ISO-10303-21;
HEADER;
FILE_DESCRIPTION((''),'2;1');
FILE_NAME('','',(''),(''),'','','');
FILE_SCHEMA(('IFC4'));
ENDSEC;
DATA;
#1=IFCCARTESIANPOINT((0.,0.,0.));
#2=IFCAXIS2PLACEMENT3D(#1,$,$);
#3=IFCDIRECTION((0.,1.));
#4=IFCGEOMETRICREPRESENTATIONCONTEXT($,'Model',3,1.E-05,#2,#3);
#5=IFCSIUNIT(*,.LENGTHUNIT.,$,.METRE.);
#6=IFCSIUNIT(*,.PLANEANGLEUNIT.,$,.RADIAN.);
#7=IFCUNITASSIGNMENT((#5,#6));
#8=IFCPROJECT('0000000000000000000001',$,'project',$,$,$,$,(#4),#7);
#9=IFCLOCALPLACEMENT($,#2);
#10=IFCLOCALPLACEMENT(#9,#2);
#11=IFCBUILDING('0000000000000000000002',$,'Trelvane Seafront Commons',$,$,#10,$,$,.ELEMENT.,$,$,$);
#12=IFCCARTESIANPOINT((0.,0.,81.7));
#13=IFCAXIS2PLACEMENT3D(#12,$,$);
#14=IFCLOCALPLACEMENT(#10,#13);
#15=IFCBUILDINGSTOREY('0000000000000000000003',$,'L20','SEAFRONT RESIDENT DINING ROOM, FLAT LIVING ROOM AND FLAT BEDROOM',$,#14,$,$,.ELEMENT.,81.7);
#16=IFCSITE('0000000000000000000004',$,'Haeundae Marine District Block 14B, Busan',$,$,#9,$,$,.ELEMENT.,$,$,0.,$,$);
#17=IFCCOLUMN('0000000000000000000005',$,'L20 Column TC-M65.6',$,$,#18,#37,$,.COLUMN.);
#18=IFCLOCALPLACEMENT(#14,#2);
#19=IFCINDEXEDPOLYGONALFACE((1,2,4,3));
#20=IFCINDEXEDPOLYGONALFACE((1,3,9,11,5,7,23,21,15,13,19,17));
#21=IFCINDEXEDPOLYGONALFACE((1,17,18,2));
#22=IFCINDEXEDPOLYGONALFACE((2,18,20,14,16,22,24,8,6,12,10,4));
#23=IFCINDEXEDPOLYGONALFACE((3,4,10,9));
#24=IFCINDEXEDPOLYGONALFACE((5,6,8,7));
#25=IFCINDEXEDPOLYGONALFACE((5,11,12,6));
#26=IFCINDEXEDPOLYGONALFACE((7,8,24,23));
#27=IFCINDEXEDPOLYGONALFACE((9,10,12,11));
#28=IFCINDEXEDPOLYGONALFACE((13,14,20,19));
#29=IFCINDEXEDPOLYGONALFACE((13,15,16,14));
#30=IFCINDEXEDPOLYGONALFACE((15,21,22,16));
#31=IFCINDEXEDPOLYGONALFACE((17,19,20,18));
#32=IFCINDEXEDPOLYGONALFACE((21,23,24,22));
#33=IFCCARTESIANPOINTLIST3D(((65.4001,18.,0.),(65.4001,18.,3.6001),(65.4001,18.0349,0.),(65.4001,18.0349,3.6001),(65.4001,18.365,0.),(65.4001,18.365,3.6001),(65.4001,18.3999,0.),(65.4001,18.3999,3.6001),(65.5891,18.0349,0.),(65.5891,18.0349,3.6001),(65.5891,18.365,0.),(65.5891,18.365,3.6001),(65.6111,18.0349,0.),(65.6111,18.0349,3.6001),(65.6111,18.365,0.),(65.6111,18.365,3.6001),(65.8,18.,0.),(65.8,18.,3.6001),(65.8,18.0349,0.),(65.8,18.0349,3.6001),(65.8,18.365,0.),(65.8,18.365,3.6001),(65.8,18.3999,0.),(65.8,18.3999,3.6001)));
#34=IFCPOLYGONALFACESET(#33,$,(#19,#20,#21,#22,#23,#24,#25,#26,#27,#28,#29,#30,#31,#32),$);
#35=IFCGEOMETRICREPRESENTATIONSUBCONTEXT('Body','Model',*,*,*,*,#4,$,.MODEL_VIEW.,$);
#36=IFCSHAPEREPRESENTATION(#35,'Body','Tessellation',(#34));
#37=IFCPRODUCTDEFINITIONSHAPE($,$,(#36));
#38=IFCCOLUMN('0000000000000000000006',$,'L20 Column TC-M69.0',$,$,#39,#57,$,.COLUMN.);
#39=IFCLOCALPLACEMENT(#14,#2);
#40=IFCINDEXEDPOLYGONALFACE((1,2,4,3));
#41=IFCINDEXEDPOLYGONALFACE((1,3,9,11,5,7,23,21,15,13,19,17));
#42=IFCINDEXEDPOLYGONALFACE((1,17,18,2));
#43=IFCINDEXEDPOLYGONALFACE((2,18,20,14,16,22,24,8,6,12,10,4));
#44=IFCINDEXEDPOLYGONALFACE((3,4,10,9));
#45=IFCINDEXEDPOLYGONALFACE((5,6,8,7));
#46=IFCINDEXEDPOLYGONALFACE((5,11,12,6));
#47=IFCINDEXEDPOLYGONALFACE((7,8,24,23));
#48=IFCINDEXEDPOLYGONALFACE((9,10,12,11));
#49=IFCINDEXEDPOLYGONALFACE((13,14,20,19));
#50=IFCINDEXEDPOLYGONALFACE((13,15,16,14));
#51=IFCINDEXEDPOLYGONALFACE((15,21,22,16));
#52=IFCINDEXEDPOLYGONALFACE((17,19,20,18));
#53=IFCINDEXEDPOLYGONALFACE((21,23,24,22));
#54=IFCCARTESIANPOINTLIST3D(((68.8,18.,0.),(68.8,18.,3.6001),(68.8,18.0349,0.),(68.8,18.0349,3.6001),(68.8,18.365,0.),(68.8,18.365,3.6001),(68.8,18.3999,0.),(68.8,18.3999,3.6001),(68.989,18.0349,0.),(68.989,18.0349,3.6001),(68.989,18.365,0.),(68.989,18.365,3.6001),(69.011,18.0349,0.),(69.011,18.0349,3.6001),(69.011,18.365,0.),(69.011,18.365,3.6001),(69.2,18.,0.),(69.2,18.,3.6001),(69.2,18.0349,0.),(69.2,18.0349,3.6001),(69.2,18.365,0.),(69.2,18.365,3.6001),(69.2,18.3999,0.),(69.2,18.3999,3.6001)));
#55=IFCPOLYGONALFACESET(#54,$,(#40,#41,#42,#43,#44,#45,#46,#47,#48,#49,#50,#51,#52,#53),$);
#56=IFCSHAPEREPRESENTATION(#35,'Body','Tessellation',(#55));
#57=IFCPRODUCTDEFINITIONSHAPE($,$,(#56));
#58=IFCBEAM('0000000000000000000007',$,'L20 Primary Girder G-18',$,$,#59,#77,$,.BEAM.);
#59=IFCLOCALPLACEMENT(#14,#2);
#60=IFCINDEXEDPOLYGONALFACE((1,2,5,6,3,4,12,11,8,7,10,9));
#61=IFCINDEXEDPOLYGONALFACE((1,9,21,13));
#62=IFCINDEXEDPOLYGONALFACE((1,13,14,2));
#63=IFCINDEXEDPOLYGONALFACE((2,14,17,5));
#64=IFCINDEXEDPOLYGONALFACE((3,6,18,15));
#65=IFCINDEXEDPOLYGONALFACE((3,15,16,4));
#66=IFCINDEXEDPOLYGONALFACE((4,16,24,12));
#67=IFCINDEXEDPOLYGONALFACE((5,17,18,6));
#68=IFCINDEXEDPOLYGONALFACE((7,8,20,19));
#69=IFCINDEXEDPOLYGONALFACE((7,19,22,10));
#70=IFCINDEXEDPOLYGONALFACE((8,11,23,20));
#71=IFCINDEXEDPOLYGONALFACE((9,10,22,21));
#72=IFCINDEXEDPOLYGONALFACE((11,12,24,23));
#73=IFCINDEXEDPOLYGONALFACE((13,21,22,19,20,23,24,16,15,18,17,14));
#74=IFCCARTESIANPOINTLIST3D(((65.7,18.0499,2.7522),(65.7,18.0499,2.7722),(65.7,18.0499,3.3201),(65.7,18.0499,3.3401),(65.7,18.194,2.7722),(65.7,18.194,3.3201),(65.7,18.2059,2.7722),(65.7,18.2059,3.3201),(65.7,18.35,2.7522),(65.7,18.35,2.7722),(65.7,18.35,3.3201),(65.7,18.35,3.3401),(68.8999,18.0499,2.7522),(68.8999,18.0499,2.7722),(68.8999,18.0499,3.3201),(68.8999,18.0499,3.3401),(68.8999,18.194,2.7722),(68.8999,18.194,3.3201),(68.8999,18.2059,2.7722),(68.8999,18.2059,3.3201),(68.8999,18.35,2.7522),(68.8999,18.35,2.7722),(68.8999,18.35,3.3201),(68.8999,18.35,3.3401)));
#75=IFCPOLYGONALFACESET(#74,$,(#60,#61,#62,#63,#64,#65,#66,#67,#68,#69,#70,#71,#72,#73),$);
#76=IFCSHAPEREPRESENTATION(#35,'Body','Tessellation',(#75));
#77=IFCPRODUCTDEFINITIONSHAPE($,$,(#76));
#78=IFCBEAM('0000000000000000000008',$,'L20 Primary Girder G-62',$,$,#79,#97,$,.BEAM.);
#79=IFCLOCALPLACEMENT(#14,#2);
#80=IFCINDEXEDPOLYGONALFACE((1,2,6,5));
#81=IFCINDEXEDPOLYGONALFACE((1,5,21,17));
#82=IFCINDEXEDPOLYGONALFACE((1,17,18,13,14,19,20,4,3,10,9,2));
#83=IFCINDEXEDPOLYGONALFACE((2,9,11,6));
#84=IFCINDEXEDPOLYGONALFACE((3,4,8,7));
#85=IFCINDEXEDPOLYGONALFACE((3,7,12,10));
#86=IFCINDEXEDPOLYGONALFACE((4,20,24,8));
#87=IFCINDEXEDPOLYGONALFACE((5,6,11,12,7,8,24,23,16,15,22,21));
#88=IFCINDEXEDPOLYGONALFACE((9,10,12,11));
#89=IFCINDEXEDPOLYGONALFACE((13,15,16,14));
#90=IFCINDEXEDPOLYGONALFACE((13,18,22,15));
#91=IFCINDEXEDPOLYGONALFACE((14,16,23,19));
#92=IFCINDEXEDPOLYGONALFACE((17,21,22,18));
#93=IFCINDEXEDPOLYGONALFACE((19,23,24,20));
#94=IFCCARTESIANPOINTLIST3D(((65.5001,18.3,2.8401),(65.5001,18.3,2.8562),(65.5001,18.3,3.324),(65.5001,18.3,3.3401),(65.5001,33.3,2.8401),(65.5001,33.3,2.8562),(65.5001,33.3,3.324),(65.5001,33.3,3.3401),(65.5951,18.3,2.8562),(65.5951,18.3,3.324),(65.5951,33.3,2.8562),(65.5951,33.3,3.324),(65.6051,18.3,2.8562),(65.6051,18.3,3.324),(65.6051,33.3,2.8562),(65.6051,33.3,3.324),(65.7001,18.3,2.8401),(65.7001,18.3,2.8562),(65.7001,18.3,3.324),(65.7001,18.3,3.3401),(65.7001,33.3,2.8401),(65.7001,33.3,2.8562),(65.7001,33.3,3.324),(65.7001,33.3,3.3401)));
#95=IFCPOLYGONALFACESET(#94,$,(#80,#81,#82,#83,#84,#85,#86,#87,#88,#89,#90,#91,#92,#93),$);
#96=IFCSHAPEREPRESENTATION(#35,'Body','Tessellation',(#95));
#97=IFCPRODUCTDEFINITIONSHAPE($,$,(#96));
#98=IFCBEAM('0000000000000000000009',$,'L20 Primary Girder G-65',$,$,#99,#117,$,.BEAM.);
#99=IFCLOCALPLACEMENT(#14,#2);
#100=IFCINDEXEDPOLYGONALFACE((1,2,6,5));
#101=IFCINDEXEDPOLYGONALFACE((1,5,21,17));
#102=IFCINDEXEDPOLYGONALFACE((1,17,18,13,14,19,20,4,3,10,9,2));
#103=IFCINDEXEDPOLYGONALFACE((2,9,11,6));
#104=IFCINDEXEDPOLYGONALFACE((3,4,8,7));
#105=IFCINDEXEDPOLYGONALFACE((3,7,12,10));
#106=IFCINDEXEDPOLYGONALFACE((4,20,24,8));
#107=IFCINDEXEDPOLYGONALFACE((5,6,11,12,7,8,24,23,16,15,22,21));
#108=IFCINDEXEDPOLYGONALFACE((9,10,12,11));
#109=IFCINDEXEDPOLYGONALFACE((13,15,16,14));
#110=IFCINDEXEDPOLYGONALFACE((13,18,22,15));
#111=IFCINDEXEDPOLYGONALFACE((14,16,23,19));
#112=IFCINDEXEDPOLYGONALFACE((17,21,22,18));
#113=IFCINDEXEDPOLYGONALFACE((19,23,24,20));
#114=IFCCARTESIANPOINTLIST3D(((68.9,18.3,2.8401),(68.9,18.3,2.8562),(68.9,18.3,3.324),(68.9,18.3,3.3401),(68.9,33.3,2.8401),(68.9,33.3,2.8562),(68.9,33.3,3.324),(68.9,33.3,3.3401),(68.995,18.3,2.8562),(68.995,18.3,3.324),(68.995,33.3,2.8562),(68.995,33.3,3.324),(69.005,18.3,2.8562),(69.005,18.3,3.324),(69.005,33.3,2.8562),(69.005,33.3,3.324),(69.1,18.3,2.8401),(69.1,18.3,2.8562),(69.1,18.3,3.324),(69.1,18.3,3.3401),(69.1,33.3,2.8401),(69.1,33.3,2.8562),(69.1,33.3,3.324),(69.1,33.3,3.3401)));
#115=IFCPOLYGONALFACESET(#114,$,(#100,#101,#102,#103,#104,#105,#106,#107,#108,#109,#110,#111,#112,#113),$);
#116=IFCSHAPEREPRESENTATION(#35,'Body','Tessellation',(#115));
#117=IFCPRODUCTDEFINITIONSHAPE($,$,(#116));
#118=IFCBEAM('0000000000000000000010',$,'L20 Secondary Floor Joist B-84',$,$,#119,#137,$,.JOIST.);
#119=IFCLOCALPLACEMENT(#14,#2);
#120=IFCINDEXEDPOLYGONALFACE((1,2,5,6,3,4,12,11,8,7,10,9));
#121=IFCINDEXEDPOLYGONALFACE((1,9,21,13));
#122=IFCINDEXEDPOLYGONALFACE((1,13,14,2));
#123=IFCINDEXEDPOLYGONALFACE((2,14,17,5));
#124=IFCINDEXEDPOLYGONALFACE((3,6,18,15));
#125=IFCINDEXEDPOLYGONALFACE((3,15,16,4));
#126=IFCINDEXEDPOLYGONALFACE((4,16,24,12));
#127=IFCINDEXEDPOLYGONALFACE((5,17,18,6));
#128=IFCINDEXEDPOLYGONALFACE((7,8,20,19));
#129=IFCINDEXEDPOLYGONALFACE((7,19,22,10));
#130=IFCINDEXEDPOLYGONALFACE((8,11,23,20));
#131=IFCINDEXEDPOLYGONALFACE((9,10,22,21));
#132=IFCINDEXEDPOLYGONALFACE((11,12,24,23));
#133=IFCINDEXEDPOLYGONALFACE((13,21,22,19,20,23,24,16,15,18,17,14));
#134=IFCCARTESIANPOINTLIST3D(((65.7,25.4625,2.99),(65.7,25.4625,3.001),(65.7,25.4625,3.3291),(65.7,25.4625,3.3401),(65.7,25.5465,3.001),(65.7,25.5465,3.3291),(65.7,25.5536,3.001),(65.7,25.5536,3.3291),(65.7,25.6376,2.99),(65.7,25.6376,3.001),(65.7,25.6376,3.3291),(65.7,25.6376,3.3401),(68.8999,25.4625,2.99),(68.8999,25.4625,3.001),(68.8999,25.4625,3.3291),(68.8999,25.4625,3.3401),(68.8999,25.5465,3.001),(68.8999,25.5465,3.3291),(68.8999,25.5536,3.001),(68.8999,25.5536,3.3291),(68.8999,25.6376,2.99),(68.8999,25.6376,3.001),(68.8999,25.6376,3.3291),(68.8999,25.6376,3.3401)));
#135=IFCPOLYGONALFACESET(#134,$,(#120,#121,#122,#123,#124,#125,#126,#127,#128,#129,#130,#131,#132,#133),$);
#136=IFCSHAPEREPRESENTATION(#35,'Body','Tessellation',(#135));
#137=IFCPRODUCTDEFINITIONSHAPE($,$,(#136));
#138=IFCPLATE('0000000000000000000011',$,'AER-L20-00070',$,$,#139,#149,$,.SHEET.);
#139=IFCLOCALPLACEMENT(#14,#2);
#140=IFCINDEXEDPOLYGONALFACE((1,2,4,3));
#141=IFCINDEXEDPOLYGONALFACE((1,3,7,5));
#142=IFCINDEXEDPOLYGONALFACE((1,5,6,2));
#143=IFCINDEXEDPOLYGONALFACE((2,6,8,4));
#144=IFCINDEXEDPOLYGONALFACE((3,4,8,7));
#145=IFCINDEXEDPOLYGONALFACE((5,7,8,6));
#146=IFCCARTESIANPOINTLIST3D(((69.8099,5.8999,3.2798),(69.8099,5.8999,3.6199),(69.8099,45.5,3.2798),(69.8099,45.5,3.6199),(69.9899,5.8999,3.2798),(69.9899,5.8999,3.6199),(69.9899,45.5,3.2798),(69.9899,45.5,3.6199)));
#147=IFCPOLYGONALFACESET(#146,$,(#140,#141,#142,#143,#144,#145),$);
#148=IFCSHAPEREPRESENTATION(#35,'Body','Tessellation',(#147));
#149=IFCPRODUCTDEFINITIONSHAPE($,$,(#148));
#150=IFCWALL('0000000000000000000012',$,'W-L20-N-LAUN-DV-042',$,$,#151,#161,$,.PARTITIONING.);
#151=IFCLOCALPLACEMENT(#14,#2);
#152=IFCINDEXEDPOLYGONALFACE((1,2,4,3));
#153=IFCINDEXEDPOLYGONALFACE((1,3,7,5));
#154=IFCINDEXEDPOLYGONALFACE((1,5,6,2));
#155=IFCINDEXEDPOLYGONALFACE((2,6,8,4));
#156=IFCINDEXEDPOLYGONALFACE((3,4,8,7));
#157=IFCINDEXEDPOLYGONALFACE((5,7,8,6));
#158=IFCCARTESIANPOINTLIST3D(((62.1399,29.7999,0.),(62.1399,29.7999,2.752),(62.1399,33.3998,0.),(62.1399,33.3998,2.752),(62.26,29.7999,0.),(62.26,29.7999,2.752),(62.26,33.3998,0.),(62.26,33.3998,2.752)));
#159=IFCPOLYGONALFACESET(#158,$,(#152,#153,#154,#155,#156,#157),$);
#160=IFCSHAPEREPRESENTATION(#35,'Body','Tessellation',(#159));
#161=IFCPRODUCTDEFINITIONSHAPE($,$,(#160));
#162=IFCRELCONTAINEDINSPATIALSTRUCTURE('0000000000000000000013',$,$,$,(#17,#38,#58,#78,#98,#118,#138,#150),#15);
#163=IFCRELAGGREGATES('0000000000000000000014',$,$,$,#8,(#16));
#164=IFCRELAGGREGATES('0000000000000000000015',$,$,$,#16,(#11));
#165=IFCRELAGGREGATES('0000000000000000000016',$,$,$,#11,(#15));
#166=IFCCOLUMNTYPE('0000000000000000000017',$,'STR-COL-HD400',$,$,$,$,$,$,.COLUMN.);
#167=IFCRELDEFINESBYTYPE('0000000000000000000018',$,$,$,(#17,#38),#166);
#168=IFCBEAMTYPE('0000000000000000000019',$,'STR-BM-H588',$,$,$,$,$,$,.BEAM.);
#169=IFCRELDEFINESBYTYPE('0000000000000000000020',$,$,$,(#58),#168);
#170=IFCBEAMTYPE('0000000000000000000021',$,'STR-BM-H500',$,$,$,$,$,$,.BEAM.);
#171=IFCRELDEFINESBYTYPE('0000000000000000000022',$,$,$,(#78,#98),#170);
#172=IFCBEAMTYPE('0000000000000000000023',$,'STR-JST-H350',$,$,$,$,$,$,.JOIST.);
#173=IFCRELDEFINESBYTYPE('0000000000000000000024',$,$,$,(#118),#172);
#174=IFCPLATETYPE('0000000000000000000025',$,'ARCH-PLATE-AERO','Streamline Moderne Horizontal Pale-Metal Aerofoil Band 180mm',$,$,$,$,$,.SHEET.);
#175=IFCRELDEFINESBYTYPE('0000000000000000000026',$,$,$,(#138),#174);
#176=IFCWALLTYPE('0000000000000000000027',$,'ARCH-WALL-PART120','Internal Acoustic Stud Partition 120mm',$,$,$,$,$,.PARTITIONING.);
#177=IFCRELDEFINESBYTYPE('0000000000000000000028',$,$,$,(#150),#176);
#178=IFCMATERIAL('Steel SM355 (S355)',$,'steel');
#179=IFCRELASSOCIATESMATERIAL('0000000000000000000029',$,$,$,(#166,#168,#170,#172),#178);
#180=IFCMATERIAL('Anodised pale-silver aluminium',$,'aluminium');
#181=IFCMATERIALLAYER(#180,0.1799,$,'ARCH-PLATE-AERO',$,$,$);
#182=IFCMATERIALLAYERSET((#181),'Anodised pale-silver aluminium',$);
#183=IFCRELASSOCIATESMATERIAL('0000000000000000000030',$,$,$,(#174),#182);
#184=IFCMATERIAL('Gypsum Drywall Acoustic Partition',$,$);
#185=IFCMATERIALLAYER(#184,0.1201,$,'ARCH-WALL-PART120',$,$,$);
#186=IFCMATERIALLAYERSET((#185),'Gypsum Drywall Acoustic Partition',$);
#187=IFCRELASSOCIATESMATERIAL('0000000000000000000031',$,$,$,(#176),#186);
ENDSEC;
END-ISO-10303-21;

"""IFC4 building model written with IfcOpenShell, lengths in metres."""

from ifc_helpers import new_model, si_unit, direction, frame, frame_2d, origin, origin_2d, place, context, subcontext, project, spatial, rectangle, i_section, extrude, source, transform, mapped, material, layer, layer_set, material_profile, profile_set, type_object, element, save


model = new_model("IFC4")

# Units and contexts
model_context = context("Model", 3, precision=1e-05, world=origin(), true_north=direction((0.0, 1.0)))
body_context = subcontext(model_context, "Body", "Model", "MODEL_VIEW")
ifc_project = project(units=[si_unit("LENGTHUNIT", "METRE"), si_unit("PLANEANGLEUNIT", "RADIAN")], contexts=[model_context])

# Site, building, storey
site_placement = place(None, origin())
site = spatial("IfcSite", under=ifc_project, at=site_placement, Name="Haeundae Marine District Block 14B, Busan", CompositionType="ELEMENT", RefElevation=0.0)
building_placement = place(site_placement, origin())
building = spatial("IfcBuilding", under=site, at=building_placement, Name="Trelvane Seafront Commons", CompositionType="ELEMENT")
storey_placement = place(building_placement, frame((0.0, 0.0, 81.7)))
storey = spatial("IfcBuildingStorey", under=building, at=storey_placement, Name="L20", Description="SEAFRONT RESIDENT DINING ROOM, FLAT LIVING ROOM AND FLAT BEDROOM", CompositionType="ELEMENT", Elevation=81.7)

# Columns
ifc_material_1 = material(Name="Steel SM355 (S355)", Category="steel")
ifc_material_profile_1 = material_profile(ifc_material_1, i_section(OverallWidth=0.3999, OverallDepth=0.3999, WebThickness=0.022, FlangeThickness=0.0349, at=origin_2d()), Name="HD-400x400x22x35")
ifc_profile_set_1 = profile_set([ifc_material_profile_1], Name="Steel SM355 (S355)")
column_type = type_object("IfcColumnType", Name="STR-COL-HD400", PredefinedType="COLUMN", material=ifc_profile_set_1)
shared_shape_1 = source(origin(), body_context, "Body", "SweptSolid", [
    extrude(i_section(OverallWidth=0.3999, OverallDepth=0.3999, WebThickness=0.022, FlangeThickness=0.0349, at=origin_2d()), origin(), (0.0, 0.0, 1.0), 3.6001),
])
for number, where, z_axis, x_axis, name in (
    (1, (65.6001, 18.2, 0.0), (0.0, 0.0, 1.0), (1.0, 0.0, 0.0), "L20 Column TC-M65.6"),
    (2, (69.0, 18.2, 0.0), (0.0, 0.0, 1.0), (1.0, 0.0, 0.0), "L20 Column TC-M69.0"),
):
    element("IfcColumn", number, at=place(storey_placement, frame(where, z_axis=z_axis, x_axis=x_axis)), inside=storey, type_object=column_type, Name=name, PredefinedType="COLUMN", context=body_context, shape_type="MappedRepresentation", body=[
        mapped(shared_shape_1, transform((0.0, 0.0, 0.0), x_axis=(1.0, 0.0, 0.0), y_axis=(0.0, 1.0, 0.0), z_axis=(0.0, 0.0, 1.0), scale=1.0)),
    ])

# Beams
ifc_material_profile_2 = material_profile(ifc_material_1, i_section(OverallWidth=0.3, OverallDepth=0.5879, WebThickness=0.012, FlangeThickness=0.02, at=origin_2d()), Name="H-588x300x12x20")
ifc_profile_set_2 = profile_set([ifc_material_profile_2], Name="Steel SM355 (S355)")
beam_type_1 = type_object("IfcBeamType", Name="STR-BM-H588", PredefinedType="BEAM", material=ifc_profile_set_2)
shared_shape_2 = source(origin(), body_context, "Body", "SweptSolid", [
    extrude(i_section(OverallWidth=0.3, OverallDepth=0.5879, WebThickness=0.012, FlangeThickness=0.02, at=origin_2d()), origin(), (0.0, 0.0, 1.0), 3.2),
])
beam_1_placement = place(storey_placement, frame((65.7, 18.2, 3.0461), z_axis=(1.0, 0.0, 0.0), x_axis=(0.0, 1.0, 0.0)))
element("IfcBeam", 3, at=beam_1_placement, inside=storey, type_object=beam_type_1, Name="L20 Primary Girder G-18", PredefinedType="BEAM", context=body_context, shape_type="MappedRepresentation", body=[
    mapped(shared_shape_2, transform((0.0, 0.0, 0.0), x_axis=(1.0, 0.0, 0.0), y_axis=(0.0, 1.0, 0.0), z_axis=(0.0, 0.0, 1.0), scale=1.0)),
])
ifc_material_profile_3 = material_profile(ifc_material_1, i_section(OverallWidth=0.2, OverallDepth=0.5, WebThickness=0.01, FlangeThickness=0.0161, at=origin_2d()), Name="H-500x200x10x16")
ifc_profile_set_3 = profile_set([ifc_material_profile_3], Name="Steel SM355 (S355)")
beam_type_2 = type_object("IfcBeamType", Name="STR-BM-H500", PredefinedType="BEAM", material=ifc_profile_set_3)
shared_shape_3 = source(origin(), body_context, "Body", "SweptSolid", [
    extrude(i_section(OverallWidth=0.2, OverallDepth=0.5, WebThickness=0.01, FlangeThickness=0.0161, at=origin_2d()), origin(), (0.0, 0.0, 1.0), 15.0),
])
for number, where, z_axis, x_axis, name in (
    (4, (65.6001, 18.3, 3.0901), (0.0, 1.0, 0.0), (-1.0, 0.0, 0.0), "L20 Primary Girder G-62"),
    (5, (69.0, 18.3, 3.0901), (0.0, 1.0, 0.0), (-1.0, 0.0, 0.0), "L20 Primary Girder G-65"),
):
    element("IfcBeam", number, at=place(storey_placement, frame(where, z_axis=z_axis, x_axis=x_axis)), inside=storey, type_object=beam_type_2, Name=name, PredefinedType="BEAM", context=body_context, shape_type="MappedRepresentation", body=[
        mapped(shared_shape_3, transform((0.0, 0.0, 0.0), x_axis=(1.0, 0.0, 0.0), y_axis=(0.0, 1.0, 0.0), z_axis=(0.0, 0.0, 1.0), scale=1.0)),
    ])
ifc_material_profile_4 = material_profile(ifc_material_1, i_section(OverallWidth=0.175, OverallDepth=0.3501, WebThickness=0.0071, FlangeThickness=0.011, at=origin_2d()), Name="H-350x175x7x11")
ifc_profile_set_4 = profile_set([ifc_material_profile_4], Name="Steel SM355 (S355)")
beam_type_3 = type_object("IfcBeamType", Name="STR-JST-H350", PredefinedType="JOIST", material=ifc_profile_set_4)
shared_shape_4 = source(origin(), body_context, "Body", "SweptSolid", [
    extrude(i_section(OverallWidth=0.175, OverallDepth=0.3501, WebThickness=0.0071, FlangeThickness=0.011, at=origin_2d()), origin(), (0.0, 0.0, 1.0), 3.2),
])
beam_2_placement = place(storey_placement, frame((65.7, 25.55, 3.165), z_axis=(1.0, 0.0, 0.0), x_axis=(0.0, 1.0, 0.0)))
element("IfcBeam", 6, at=beam_2_placement, inside=storey, type_object=beam_type_3, Name="L20 Secondary Floor Joist B-84", PredefinedType="JOIST", context=body_context, shape_type="MappedRepresentation", body=[
    mapped(shared_shape_4, transform((0.0, 0.0, 0.0), x_axis=(1.0, 0.0, 0.0), y_axis=(0.0, 1.0, 0.0), z_axis=(0.0, 0.0, 1.0), scale=1.0)),
])

# Plate
ifc_material_2 = material(Name="Anodised pale-silver aluminium", Category="aluminium")
ifc_layer_1 = layer(ifc_material_2, 0.1799, Name="ARCH-PLATE-AERO")
ifc_layer_set_1 = layer_set([ifc_layer_1], Name="Anodised pale-silver aluminium")
plate_type = type_object("IfcPlateType", Name="ARCH-PLATE-AERO", Description="Streamline Moderne Horizontal Pale-Metal Aerofoil Band 180mm", PredefinedType="SHEET", material=ifc_layer_set_1)
shared_shape_5 = source(origin(), body_context, "Body", "SweptSolid", [
    extrude(rectangle(XDim=39.6001, YDim=0.1799, at=origin_2d()), origin(), (0.0, 0.0, 1.0), 0.3401),
])
plate_placement = place(storey_placement, frame((69.8999, 25.7, 3.2798), z_axis=(0.0, 0.0, 1.0), x_axis=(0.0, -1.0, 0.0)))
element("IfcPlate", 7, at=plate_placement, inside=storey, type_object=plate_type, Name="AER-L20-00070", PredefinedType="SHEET", context=body_context, shape_type="MappedRepresentation", body=[
    mapped(shared_shape_5, transform((0.0, 0.0, 0.0), x_axis=(1.0, 0.0, 0.0), y_axis=(0.0, 1.0, 0.0), z_axis=(0.0, 0.0, 1.0), scale=1.0)),
])

# Wall
ifc_material_3 = material(Name="Gypsum Drywall Acoustic Partition")
ifc_layer_2 = layer(ifc_material_3, 0.1201, Name="ARCH-WALL-PART120")
ifc_layer_set_2 = layer_set([ifc_layer_2], Name="Gypsum Drywall Acoustic Partition")
wall_type_1 = type_object("IfcWallType", Name="ARCH-WALL-PART120", Description="Internal Acoustic Stud Partition 120mm", PredefinedType="PARTITIONING", material=ifc_layer_set_2)
wall_1_placement = place(storey_placement, frame((62.2, 29.8, 0.0), z_axis=(0.0, 0.0, 1.0), x_axis=(0.0, 1.0, 0.0)))
element("IfcWall", 8, at=wall_1_placement, inside=storey, type_object=wall_type_1, Name="W-L20-N-LAUN-DV-042", PredefinedType="PARTITIONING", context=body_context, shape_type="SweptSolid", body=[
    extrude(rectangle(XDim=3.5999, YDim=0.1201, at=frame_2d((1.7998, 0.0))), origin(), (0.0, 0.0, 1.0), 2.752),
])

save(model, "model.ifc")
